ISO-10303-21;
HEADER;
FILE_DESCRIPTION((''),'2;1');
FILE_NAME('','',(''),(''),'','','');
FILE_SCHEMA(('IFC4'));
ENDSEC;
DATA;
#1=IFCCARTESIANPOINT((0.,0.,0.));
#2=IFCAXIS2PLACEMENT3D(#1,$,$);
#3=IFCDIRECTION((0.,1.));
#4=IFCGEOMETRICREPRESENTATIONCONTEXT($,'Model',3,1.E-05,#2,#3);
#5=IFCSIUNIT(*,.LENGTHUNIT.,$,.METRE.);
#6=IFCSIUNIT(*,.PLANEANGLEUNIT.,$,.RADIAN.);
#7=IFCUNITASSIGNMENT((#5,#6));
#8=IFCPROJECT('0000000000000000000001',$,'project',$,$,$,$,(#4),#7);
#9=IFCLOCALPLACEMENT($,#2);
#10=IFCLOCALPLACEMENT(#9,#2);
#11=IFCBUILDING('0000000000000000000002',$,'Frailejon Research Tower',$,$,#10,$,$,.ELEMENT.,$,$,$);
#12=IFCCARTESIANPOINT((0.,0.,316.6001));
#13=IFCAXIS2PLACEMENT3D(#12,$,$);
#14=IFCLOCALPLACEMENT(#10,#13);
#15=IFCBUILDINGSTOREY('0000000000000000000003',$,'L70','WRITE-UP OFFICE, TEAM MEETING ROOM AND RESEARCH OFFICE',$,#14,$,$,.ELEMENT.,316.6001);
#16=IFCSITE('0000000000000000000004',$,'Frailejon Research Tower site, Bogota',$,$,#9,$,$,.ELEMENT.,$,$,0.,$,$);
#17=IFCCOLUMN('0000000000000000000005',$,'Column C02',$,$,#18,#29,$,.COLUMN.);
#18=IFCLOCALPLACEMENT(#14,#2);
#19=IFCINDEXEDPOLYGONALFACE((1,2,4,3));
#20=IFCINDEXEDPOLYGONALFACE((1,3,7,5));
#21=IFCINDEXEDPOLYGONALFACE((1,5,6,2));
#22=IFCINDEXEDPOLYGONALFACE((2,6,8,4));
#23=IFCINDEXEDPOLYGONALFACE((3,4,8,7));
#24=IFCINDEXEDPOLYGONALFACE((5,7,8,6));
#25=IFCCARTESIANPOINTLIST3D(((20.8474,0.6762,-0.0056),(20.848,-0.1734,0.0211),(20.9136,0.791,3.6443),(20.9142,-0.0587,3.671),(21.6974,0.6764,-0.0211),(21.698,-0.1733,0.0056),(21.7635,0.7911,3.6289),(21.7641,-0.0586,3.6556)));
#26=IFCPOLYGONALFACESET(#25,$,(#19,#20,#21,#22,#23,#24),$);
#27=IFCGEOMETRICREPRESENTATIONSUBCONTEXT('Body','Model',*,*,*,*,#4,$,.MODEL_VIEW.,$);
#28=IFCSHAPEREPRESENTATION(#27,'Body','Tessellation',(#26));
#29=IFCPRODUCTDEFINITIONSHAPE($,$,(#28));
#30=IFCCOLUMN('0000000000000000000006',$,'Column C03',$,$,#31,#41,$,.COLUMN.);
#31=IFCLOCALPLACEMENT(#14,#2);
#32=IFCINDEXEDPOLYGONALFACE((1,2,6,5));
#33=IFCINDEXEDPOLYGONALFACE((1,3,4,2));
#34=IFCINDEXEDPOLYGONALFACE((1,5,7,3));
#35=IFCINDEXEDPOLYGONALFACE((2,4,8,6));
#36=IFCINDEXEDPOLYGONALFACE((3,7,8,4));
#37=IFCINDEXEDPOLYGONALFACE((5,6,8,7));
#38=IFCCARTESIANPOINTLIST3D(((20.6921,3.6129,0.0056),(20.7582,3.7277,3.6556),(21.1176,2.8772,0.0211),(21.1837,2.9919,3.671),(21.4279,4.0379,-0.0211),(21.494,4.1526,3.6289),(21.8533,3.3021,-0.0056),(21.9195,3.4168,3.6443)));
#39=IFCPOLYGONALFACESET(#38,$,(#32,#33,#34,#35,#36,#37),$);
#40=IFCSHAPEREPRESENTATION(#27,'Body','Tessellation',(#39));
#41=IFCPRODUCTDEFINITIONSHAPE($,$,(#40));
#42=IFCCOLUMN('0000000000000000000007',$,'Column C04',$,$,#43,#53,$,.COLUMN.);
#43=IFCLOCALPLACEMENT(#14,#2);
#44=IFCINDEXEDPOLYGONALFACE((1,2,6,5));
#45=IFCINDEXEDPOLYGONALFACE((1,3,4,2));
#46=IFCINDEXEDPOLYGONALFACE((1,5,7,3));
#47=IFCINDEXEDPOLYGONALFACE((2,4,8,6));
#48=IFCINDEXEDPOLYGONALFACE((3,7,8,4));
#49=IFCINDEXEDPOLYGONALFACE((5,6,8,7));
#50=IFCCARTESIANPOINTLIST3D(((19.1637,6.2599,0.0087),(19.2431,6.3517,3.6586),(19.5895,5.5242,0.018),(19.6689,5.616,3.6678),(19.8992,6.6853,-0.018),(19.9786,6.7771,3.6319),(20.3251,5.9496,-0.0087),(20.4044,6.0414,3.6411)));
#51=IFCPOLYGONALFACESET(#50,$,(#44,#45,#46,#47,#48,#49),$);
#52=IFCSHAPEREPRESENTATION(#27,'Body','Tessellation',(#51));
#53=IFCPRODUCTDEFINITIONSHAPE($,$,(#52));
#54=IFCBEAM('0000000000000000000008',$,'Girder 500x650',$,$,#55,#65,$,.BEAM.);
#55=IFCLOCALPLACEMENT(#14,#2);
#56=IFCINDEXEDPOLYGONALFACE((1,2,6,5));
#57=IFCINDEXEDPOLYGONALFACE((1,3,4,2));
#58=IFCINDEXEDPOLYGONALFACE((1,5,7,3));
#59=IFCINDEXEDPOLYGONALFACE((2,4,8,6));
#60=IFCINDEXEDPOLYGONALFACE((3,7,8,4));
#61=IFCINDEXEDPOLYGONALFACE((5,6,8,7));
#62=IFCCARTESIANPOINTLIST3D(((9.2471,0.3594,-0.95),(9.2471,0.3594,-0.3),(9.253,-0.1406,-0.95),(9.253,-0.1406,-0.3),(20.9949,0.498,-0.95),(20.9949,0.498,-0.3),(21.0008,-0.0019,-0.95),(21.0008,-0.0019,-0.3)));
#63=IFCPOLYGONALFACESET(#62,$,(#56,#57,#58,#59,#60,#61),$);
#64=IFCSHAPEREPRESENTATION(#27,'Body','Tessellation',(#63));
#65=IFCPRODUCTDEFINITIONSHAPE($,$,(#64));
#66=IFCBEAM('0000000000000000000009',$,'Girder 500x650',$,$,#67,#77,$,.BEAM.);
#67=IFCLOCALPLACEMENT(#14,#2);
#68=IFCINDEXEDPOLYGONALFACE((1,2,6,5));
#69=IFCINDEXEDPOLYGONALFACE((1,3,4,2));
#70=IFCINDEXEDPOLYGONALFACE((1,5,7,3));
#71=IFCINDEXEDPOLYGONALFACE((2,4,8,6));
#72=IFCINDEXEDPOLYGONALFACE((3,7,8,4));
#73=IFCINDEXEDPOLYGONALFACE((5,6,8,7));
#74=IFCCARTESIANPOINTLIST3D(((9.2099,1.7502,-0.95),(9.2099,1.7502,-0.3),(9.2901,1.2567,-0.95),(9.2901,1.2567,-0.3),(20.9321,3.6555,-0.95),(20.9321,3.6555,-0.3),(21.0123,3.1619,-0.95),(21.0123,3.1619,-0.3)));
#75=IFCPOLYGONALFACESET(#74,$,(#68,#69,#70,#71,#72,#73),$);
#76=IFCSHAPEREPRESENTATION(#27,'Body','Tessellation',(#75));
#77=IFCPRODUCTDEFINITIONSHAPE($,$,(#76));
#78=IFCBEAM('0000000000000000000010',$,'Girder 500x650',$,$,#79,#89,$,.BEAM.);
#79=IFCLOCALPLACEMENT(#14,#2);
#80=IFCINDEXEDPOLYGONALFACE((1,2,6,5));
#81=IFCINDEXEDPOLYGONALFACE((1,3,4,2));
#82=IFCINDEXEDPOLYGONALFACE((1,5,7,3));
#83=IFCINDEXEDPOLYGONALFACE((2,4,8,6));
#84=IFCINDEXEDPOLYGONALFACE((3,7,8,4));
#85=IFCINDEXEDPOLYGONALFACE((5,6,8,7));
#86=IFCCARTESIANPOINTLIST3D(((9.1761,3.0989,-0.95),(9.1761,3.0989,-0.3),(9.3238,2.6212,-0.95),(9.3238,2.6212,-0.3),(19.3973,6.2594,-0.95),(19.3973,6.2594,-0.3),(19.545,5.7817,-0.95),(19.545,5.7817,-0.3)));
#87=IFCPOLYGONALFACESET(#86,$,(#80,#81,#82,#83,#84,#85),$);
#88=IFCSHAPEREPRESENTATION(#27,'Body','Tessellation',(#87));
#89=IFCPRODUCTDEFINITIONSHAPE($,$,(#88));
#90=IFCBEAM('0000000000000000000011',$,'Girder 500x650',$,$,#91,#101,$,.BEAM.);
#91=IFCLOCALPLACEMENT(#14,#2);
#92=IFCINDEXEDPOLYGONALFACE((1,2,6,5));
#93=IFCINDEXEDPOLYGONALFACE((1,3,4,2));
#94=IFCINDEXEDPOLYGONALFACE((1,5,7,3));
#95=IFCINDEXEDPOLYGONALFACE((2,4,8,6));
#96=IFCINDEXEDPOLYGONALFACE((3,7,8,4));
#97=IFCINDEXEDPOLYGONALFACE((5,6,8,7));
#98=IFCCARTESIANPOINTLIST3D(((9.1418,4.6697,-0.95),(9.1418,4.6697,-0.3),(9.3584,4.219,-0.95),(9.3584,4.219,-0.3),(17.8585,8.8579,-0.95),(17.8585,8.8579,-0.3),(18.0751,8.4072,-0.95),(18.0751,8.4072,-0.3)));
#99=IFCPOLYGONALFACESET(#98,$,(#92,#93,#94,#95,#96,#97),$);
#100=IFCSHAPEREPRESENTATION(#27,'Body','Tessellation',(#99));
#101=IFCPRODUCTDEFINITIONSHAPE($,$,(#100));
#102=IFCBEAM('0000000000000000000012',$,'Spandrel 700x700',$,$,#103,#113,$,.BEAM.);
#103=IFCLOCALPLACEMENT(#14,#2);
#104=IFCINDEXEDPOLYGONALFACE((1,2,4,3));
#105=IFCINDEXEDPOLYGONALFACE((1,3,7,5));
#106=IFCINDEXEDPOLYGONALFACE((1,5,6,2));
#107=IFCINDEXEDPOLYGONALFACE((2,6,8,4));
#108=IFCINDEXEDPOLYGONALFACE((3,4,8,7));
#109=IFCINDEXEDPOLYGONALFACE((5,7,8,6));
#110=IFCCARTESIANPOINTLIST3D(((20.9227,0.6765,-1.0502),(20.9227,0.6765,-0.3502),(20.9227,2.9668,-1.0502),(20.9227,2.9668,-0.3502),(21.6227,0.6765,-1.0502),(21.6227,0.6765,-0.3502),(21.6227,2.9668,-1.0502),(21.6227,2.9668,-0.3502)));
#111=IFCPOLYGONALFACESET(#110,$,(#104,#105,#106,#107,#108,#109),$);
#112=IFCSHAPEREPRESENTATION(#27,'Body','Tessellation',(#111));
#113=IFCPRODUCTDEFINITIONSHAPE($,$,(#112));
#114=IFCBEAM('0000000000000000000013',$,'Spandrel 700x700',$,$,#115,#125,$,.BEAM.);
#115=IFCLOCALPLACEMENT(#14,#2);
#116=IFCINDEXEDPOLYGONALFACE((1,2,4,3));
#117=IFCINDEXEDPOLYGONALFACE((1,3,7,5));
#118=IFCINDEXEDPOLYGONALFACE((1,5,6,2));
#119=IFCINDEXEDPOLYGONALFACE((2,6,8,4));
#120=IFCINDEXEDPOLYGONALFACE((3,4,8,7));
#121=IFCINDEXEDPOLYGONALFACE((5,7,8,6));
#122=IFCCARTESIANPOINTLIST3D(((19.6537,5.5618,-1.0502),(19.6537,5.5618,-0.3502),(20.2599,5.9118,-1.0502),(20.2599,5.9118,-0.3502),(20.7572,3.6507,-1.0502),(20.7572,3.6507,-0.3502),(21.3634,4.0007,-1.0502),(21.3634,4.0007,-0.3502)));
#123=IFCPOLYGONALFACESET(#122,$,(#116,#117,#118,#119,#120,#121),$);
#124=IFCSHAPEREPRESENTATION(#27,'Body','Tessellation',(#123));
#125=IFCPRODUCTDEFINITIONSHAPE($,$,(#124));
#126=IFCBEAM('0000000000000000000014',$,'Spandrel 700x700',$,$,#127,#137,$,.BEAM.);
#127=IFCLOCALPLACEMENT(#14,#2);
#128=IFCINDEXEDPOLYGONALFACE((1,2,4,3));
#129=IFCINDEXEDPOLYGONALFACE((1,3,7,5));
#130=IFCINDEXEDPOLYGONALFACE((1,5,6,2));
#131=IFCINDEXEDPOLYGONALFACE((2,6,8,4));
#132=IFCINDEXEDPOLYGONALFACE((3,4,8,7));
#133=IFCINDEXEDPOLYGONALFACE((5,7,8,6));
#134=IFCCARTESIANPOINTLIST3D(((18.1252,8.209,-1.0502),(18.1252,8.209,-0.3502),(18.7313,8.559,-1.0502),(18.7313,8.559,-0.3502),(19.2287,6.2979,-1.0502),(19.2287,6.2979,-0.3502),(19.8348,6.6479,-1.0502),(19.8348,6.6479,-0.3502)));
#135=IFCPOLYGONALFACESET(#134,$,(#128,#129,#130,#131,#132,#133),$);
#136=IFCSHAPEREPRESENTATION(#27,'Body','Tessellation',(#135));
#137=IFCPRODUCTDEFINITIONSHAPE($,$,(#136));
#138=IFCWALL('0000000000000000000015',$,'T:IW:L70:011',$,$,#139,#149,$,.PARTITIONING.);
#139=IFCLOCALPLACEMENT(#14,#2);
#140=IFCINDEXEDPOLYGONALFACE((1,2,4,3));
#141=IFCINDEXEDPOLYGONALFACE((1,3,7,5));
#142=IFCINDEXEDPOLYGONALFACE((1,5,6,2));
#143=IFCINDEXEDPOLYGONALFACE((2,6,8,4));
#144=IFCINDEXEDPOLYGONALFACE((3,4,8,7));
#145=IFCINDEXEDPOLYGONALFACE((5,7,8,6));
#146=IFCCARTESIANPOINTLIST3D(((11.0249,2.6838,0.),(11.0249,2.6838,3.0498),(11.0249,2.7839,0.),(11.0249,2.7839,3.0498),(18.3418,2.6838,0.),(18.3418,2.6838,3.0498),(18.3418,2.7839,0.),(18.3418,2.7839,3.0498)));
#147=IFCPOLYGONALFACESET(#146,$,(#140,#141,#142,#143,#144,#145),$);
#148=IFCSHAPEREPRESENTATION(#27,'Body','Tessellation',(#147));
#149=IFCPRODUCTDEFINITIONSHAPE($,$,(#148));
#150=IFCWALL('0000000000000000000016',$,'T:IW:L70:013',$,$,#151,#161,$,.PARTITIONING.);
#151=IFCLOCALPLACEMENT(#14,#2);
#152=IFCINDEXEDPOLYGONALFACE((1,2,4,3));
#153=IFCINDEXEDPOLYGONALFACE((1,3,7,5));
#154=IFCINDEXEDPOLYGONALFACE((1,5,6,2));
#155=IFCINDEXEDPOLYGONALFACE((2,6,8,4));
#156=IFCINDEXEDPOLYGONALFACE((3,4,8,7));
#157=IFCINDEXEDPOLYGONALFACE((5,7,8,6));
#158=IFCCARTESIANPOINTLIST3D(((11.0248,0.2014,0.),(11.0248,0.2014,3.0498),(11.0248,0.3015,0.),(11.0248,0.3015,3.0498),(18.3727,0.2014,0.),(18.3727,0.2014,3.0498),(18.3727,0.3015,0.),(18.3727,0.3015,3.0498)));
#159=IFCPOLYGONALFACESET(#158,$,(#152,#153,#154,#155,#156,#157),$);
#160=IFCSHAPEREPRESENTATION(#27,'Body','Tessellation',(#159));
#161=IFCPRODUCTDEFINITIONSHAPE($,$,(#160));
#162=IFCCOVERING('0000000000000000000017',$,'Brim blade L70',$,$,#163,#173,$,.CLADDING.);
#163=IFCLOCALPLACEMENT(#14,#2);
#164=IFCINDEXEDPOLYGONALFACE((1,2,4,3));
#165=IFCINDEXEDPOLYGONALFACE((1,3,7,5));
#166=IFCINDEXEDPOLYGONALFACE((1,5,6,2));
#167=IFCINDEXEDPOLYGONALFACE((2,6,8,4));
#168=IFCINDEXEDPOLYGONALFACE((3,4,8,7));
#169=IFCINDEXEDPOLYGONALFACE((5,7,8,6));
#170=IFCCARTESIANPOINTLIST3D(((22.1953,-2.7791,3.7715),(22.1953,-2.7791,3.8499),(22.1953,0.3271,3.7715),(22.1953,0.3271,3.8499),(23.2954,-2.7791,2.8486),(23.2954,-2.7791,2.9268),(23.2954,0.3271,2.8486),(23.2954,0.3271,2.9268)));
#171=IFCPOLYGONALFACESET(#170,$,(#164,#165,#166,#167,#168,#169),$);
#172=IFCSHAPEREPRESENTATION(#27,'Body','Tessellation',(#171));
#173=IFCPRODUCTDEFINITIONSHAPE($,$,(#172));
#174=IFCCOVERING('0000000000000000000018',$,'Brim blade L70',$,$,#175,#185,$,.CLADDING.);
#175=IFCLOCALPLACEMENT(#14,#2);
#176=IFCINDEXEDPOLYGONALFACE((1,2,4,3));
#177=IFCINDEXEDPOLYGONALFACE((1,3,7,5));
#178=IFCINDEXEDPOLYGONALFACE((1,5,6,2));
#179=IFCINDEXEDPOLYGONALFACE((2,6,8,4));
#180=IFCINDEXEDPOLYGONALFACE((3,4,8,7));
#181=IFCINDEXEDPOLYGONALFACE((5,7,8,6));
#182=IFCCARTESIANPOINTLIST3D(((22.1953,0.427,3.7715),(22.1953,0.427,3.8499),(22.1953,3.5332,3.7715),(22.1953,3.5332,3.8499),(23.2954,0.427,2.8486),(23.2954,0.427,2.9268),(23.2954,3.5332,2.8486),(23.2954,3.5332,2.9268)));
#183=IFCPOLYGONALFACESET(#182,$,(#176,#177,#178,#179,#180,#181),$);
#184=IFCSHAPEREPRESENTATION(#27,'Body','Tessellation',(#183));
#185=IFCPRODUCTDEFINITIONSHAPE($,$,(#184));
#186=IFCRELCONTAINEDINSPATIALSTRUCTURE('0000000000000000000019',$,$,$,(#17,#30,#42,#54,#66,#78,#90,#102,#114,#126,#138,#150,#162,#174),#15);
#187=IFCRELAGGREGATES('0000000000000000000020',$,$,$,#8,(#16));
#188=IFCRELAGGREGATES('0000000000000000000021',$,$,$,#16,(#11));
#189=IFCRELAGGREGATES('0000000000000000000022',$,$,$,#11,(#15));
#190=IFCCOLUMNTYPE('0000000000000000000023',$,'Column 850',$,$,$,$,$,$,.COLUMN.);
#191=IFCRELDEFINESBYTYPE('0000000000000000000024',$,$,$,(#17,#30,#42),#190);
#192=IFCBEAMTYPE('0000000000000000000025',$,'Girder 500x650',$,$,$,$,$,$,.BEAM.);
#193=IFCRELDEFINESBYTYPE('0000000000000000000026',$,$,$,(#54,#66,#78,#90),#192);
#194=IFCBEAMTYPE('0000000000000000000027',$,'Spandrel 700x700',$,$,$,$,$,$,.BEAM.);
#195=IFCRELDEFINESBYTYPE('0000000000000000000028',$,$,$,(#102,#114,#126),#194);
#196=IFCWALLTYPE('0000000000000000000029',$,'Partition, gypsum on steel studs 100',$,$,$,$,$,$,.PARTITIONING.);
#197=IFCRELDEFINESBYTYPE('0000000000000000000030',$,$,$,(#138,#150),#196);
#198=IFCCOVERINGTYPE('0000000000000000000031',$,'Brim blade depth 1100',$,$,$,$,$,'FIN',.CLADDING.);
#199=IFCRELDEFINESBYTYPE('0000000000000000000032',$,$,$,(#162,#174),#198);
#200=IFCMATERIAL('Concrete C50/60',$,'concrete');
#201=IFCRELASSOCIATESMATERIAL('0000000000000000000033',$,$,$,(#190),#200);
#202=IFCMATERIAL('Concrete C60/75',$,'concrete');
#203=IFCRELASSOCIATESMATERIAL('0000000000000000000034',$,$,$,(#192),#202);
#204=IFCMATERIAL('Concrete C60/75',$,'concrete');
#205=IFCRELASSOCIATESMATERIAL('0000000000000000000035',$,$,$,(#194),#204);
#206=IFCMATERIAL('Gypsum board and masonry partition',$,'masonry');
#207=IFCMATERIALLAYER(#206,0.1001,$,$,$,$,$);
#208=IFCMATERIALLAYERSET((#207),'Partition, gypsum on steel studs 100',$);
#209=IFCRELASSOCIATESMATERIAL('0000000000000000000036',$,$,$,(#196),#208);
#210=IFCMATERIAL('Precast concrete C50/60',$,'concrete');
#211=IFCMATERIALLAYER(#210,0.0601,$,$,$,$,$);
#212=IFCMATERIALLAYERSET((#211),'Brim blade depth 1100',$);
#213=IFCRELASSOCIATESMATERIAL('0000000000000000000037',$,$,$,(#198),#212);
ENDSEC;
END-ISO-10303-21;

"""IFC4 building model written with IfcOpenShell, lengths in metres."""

from ifc_helpers import new_model, si_unit, direction, frame, frame_2d, origin, origin_2d, place, context, subcontext, project, spatial, polyline, rectangle, outline, extrude, material, layer, layer_set, material_profile, profile_set, type_object, element, save


model = new_model("IFC4")

# Units and contexts
model_context = context("Model", 3, precision=1e-05, world=origin(), true_north=direction((0.0, 1.0)))
body_context = subcontext(model_context, "Body", "Model", "MODEL_VIEW")
ifc_project = project(units=[si_unit("LENGTHUNIT", "METRE"), si_unit("PLANEANGLEUNIT", "RADIAN")], contexts=[model_context])

# Site, building, storey
site_placement = place(None, origin())
site = spatial("IfcSite", under=ifc_project, at=site_placement, Name="Frailejon Research Tower site, Bogota", CompositionType="ELEMENT", RefElevation=0.0)
building_placement = place(site_placement, origin())
building = spatial("IfcBuilding", under=site, at=building_placement, Name="Frailejon Research Tower", CompositionType="ELEMENT")
storey_placement = place(building_placement, frame((0.0, 0.0, 316.6001)))
storey = spatial("IfcBuildingStorey", under=building, at=storey_placement, Name="L70", Description="WRITE-UP OFFICE, TEAM MEETING ROOM AND RESEARCH OFFICE", CompositionType="ELEMENT", Elevation=316.6001)

# Columns
ifc_material_1 = material(Name="Concrete C50/60", Category="concrete")
ifc_material_profile_1 = material_profile(ifc_material_1, rectangle(XDim=0.8501, YDim=0.8501, at=origin_2d()), Name="Column 850")
ifc_profile_set_1 = profile_set([ifc_material_profile_1], Name="Concrete C50/60")
column_type = type_object("IfcColumnType", Name="Column 850", PredefinedType="COLUMN", material=ifc_profile_set_1)
for number, where, z_axis, x_axis, name in (
    (1, (21.2727, 0.2515, 0.0), (0.018115, 0.031417, 0.999342), (-0.000701, 0.999506, -0.03141), "Column C02"),
    (2, (21.2727, 3.4575, 0.0), (0.018115, 0.031417, 0.999342), (-0.500525, 0.865532, -0.018138), "Column C03"),
):
    element("IfcColumn", number, at=place(storey_placement, frame(where, z_axis=z_axis, x_axis=x_axis)), inside=storey, type_object=column_type, Name=name, PredefinedType="COLUMN", context=body_context, shape_type="SweptSolid", body=[
        extrude(rectangle(XDim=0.8501, YDim=0.8501, at=origin_2d()), origin(), (0.0, 0.0, 1.0), 3.6523),
    ])
column_placement = place(storey_placement, frame((19.7444, 6.1047, 0.0), z_axis=(0.021727, 0.025137, 0.999448), x_axis=(-0.500915, 0.865428, -0.010877)))
element("IfcColumn", 3, at=column_placement, inside=storey, type_object=column_type, Name="Column C04", PredefinedType="COLUMN", context=body_context, shape_type="SweptSolid", body=[
    extrude(rectangle(XDim=0.8501, YDim=0.8501, at=origin_2d()), origin(), (0.0, 0.0, 1.0), 3.6519),
])

# Beams
ifc_material_2 = material(Name="Concrete C60/75", Category="concrete")
ifc_material_profile_2 = material_profile(ifc_material_2, rectangle(XDim=0.5, YDim=0.6499, at=origin_2d()), Name="Girder 500x650")
ifc_profile_set_2 = profile_set([ifc_material_profile_2], Name="Concrete C60/75")
beam_type_1 = type_object("IfcBeamType", Name="Girder 500x650", PredefinedType="BEAM", material=ifc_profile_set_2)
beam_1_placement = place(storey_placement, frame((20.9978, 0.248, -0.625), z_axis=(-0.99993, -0.011803, 0.0), x_axis=(0.011803, -0.99993, 0.0)))
element("IfcBeam", 4, at=beam_1_placement, inside=storey, type_object=beam_type_1, Name="Girder 500x650", PredefinedType="BEAM", context=body_context, shape_type="SweptSolid", body=[
    extrude(rectangle(XDim=0.5, YDim=0.6499, at=origin_2d()), origin(), (0.0, 0.0, 1.0), 11.7485),
])
beam_2_placement = place(storey_placement, frame((20.9722, 3.4087, -0.625), z_axis=(-0.987047, -0.160431, 0.0), x_axis=(0.160431, -0.987047, 0.0)))
element("IfcBeam", 5, at=beam_2_placement, inside=storey, type_object=beam_type_1, Name="Girder 500x650", PredefinedType="BEAM", context=body_context, shape_type="SweptSolid", body=[
    extrude(rectangle(XDim=0.5, YDim=0.6499, at=origin_2d()), origin(), (0.0, 0.0, 1.0), 11.876),
])
beam_3_placement = place(storey_placement, frame((19.4712, 6.0205, -0.625), z_axis=(-0.955373, -0.295402, 0.0), x_axis=(0.295402, -0.955373, 0.0)))
element("IfcBeam", 6, at=beam_3_placement, inside=storey, type_object=beam_type_1, Name="Girder 500x650", PredefinedType="BEAM", context=body_context, shape_type="SweptSolid", body=[
    extrude(rectangle(XDim=0.5, YDim=0.6499, at=origin_2d()), origin(), (0.0, 0.0, 1.0), 10.6987),
])
beam_4_placement = place(storey_placement, frame((17.9668, 8.6326, -0.625), z_axis=(-0.901355, -0.433081, 0.0), x_axis=(0.433081, -0.901355, 0.0)))
element("IfcBeam", 7, at=beam_4_placement, inside=storey, type_object=beam_type_1, Name="Girder 500x650", PredefinedType="BEAM", context=body_context, shape_type="SweptSolid", body=[
    extrude(rectangle(XDim=0.5, YDim=0.6499, at=origin_2d()), origin(), (0.0, 0.0, 1.0), 9.6707),
])
ifc_material_3 = material(Name="Concrete C60/75", Category="concrete")
ifc_material_profile_3 = material_profile(ifc_material_3, rectangle(XDim=0.7, YDim=0.7, at=origin_2d()), Name="Spandrel 700x700")
ifc_profile_set_3 = profile_set([ifc_material_profile_3], Name="Concrete C60/75")
beam_type_2 = type_object("IfcBeamType", Name="Spandrel 700x700", PredefinedType="BEAM", material=ifc_profile_set_3)
beam_5_placement = place(storey_placement, frame((21.2727, 0.6765, -0.7002), z_axis=(0.0, 1.0, 0.0), x_axis=(-1.0, 0.0, 0.0)))
element("IfcBeam", 8, at=beam_5_placement, inside=storey, type_object=beam_type_2, Name="Spandrel 700x700", PredefinedType="BEAM", context=body_context, shape_type="SweptSolid", body=[
    extrude(rectangle(XDim=0.7, YDim=0.7, at=origin_2d()), origin(), (0.0, 0.0, 1.0), 2.2903),
])
for number, where, z_axis, x_axis, name in (
    (9, (21.0603, 3.8257, -0.7002), (-0.500042, 0.866001, 0.0), (-0.866001, -0.500042, 0.0), "Spandrel 700x700"),
    (10, (19.5317, 6.4729, -0.7002), (-0.500042, 0.866001, 0.0), (-0.866001, -0.500042, 0.0), "Spandrel 700x700"),
):
    element("IfcBeam", number, at=place(storey_placement, frame(where, z_axis=z_axis, x_axis=x_axis)), inside=storey, type_object=beam_type_2, Name=name, PredefinedType="BEAM", context=body_context, shape_type="SweptSolid", body=[
        extrude(rectangle(XDim=0.7, YDim=0.7, at=origin_2d()), origin(), (0.0, 0.0, 1.0), 2.2068),
    ])

# Walls
ifc_material_4 = material(Name="Gypsum board and masonry partition", Category="masonry")
ifc_layer_1 = layer(ifc_material_4, 0.1001)
ifc_layer_set_1 = layer_set([ifc_layer_1], Name="Partition, gypsum on steel studs 100")
wall_type_1 = type_object("IfcWallType", Name="Partition, gypsum on steel studs 100", PredefinedType="PARTITIONING", material=ifc_layer_set_1)
wall_1_placement = place(storey_placement, frame((11.0249, 2.7339, 0.0), z_axis=(0.0, 0.0, 1.0), x_axis=(1.0, 0.0, 0.0)))
element("IfcWall", 11, at=wall_1_placement, inside=storey, type_object=wall_type_1, Name="T:IW:L70:011", PredefinedType="PARTITIONING", context=body_context, shape_type="SweptSolid", body=[
    extrude(rectangle(XDim=7.3169, YDim=0.1001, at=frame_2d((3.6584, 0.0))), origin(), (0.0, 0.0, 1.0), 3.0498),
])
wall_2_placement = place(storey_placement, frame((11.0249, 0.2515, 0.0), z_axis=(0.0, 0.0, 1.0), x_axis=(1.0, 0.0, 0.0)))
element("IfcWall", 12, at=wall_2_placement, inside=storey, type_object=wall_type_1, Name="T:IW:L70:013", PredefinedType="PARTITIONING", context=body_context, shape_type="SweptSolid", body=[
    extrude(rectangle(XDim=7.3479, YDim=0.1001, at=frame_2d((3.6738, 0.0))), origin(), (0.0, 0.0, 1.0), 3.0498),
])

# Coverings
ifc_material_5 = material(Name="Precast concrete C50/60", Category="concrete")
ifc_layer_2 = layer(ifc_material_5, 0.0601)
ifc_layer_set_2 = layer_set([ifc_layer_2], Name="Brim blade depth 1100")
covering_type = type_object("IfcCoveringType", Name="Brim blade depth 1100", ElementType="FIN", PredefinedType="CLADDING", material=ifc_layer_set_2)
for number, where, z_axis, x_axis, name in (
    (13, (22.1953, 0.3271, 3.8499), (0.0, -1.0, 0.0), (1.0, 0.0, 0.0), "Brim blade L70"),
    (14, (22.1953, 3.5332, 3.8499), (0.0, -1.0, 0.0), (1.0, 0.0, 0.0), "Brim blade L70"),
):
    element("IfcCovering", number, at=place(storey_placement, frame(where, z_axis=z_axis, x_axis=x_axis)), inside=storey, type_object=covering_type, Name=name, PredefinedType="CLADDING", context=body_context, shape_type="SweptSolid", body=[
        extrude(outline(polyline([(0.0, -0.0784), (1.1001, -1.0012), (1.1001, -0.9231), (0.0, 0.0), (0.0, -0.0784)])), origin(), (0.0, 0.0, 1.0), 3.1062),
    ])

save(model, "model.ifc")
